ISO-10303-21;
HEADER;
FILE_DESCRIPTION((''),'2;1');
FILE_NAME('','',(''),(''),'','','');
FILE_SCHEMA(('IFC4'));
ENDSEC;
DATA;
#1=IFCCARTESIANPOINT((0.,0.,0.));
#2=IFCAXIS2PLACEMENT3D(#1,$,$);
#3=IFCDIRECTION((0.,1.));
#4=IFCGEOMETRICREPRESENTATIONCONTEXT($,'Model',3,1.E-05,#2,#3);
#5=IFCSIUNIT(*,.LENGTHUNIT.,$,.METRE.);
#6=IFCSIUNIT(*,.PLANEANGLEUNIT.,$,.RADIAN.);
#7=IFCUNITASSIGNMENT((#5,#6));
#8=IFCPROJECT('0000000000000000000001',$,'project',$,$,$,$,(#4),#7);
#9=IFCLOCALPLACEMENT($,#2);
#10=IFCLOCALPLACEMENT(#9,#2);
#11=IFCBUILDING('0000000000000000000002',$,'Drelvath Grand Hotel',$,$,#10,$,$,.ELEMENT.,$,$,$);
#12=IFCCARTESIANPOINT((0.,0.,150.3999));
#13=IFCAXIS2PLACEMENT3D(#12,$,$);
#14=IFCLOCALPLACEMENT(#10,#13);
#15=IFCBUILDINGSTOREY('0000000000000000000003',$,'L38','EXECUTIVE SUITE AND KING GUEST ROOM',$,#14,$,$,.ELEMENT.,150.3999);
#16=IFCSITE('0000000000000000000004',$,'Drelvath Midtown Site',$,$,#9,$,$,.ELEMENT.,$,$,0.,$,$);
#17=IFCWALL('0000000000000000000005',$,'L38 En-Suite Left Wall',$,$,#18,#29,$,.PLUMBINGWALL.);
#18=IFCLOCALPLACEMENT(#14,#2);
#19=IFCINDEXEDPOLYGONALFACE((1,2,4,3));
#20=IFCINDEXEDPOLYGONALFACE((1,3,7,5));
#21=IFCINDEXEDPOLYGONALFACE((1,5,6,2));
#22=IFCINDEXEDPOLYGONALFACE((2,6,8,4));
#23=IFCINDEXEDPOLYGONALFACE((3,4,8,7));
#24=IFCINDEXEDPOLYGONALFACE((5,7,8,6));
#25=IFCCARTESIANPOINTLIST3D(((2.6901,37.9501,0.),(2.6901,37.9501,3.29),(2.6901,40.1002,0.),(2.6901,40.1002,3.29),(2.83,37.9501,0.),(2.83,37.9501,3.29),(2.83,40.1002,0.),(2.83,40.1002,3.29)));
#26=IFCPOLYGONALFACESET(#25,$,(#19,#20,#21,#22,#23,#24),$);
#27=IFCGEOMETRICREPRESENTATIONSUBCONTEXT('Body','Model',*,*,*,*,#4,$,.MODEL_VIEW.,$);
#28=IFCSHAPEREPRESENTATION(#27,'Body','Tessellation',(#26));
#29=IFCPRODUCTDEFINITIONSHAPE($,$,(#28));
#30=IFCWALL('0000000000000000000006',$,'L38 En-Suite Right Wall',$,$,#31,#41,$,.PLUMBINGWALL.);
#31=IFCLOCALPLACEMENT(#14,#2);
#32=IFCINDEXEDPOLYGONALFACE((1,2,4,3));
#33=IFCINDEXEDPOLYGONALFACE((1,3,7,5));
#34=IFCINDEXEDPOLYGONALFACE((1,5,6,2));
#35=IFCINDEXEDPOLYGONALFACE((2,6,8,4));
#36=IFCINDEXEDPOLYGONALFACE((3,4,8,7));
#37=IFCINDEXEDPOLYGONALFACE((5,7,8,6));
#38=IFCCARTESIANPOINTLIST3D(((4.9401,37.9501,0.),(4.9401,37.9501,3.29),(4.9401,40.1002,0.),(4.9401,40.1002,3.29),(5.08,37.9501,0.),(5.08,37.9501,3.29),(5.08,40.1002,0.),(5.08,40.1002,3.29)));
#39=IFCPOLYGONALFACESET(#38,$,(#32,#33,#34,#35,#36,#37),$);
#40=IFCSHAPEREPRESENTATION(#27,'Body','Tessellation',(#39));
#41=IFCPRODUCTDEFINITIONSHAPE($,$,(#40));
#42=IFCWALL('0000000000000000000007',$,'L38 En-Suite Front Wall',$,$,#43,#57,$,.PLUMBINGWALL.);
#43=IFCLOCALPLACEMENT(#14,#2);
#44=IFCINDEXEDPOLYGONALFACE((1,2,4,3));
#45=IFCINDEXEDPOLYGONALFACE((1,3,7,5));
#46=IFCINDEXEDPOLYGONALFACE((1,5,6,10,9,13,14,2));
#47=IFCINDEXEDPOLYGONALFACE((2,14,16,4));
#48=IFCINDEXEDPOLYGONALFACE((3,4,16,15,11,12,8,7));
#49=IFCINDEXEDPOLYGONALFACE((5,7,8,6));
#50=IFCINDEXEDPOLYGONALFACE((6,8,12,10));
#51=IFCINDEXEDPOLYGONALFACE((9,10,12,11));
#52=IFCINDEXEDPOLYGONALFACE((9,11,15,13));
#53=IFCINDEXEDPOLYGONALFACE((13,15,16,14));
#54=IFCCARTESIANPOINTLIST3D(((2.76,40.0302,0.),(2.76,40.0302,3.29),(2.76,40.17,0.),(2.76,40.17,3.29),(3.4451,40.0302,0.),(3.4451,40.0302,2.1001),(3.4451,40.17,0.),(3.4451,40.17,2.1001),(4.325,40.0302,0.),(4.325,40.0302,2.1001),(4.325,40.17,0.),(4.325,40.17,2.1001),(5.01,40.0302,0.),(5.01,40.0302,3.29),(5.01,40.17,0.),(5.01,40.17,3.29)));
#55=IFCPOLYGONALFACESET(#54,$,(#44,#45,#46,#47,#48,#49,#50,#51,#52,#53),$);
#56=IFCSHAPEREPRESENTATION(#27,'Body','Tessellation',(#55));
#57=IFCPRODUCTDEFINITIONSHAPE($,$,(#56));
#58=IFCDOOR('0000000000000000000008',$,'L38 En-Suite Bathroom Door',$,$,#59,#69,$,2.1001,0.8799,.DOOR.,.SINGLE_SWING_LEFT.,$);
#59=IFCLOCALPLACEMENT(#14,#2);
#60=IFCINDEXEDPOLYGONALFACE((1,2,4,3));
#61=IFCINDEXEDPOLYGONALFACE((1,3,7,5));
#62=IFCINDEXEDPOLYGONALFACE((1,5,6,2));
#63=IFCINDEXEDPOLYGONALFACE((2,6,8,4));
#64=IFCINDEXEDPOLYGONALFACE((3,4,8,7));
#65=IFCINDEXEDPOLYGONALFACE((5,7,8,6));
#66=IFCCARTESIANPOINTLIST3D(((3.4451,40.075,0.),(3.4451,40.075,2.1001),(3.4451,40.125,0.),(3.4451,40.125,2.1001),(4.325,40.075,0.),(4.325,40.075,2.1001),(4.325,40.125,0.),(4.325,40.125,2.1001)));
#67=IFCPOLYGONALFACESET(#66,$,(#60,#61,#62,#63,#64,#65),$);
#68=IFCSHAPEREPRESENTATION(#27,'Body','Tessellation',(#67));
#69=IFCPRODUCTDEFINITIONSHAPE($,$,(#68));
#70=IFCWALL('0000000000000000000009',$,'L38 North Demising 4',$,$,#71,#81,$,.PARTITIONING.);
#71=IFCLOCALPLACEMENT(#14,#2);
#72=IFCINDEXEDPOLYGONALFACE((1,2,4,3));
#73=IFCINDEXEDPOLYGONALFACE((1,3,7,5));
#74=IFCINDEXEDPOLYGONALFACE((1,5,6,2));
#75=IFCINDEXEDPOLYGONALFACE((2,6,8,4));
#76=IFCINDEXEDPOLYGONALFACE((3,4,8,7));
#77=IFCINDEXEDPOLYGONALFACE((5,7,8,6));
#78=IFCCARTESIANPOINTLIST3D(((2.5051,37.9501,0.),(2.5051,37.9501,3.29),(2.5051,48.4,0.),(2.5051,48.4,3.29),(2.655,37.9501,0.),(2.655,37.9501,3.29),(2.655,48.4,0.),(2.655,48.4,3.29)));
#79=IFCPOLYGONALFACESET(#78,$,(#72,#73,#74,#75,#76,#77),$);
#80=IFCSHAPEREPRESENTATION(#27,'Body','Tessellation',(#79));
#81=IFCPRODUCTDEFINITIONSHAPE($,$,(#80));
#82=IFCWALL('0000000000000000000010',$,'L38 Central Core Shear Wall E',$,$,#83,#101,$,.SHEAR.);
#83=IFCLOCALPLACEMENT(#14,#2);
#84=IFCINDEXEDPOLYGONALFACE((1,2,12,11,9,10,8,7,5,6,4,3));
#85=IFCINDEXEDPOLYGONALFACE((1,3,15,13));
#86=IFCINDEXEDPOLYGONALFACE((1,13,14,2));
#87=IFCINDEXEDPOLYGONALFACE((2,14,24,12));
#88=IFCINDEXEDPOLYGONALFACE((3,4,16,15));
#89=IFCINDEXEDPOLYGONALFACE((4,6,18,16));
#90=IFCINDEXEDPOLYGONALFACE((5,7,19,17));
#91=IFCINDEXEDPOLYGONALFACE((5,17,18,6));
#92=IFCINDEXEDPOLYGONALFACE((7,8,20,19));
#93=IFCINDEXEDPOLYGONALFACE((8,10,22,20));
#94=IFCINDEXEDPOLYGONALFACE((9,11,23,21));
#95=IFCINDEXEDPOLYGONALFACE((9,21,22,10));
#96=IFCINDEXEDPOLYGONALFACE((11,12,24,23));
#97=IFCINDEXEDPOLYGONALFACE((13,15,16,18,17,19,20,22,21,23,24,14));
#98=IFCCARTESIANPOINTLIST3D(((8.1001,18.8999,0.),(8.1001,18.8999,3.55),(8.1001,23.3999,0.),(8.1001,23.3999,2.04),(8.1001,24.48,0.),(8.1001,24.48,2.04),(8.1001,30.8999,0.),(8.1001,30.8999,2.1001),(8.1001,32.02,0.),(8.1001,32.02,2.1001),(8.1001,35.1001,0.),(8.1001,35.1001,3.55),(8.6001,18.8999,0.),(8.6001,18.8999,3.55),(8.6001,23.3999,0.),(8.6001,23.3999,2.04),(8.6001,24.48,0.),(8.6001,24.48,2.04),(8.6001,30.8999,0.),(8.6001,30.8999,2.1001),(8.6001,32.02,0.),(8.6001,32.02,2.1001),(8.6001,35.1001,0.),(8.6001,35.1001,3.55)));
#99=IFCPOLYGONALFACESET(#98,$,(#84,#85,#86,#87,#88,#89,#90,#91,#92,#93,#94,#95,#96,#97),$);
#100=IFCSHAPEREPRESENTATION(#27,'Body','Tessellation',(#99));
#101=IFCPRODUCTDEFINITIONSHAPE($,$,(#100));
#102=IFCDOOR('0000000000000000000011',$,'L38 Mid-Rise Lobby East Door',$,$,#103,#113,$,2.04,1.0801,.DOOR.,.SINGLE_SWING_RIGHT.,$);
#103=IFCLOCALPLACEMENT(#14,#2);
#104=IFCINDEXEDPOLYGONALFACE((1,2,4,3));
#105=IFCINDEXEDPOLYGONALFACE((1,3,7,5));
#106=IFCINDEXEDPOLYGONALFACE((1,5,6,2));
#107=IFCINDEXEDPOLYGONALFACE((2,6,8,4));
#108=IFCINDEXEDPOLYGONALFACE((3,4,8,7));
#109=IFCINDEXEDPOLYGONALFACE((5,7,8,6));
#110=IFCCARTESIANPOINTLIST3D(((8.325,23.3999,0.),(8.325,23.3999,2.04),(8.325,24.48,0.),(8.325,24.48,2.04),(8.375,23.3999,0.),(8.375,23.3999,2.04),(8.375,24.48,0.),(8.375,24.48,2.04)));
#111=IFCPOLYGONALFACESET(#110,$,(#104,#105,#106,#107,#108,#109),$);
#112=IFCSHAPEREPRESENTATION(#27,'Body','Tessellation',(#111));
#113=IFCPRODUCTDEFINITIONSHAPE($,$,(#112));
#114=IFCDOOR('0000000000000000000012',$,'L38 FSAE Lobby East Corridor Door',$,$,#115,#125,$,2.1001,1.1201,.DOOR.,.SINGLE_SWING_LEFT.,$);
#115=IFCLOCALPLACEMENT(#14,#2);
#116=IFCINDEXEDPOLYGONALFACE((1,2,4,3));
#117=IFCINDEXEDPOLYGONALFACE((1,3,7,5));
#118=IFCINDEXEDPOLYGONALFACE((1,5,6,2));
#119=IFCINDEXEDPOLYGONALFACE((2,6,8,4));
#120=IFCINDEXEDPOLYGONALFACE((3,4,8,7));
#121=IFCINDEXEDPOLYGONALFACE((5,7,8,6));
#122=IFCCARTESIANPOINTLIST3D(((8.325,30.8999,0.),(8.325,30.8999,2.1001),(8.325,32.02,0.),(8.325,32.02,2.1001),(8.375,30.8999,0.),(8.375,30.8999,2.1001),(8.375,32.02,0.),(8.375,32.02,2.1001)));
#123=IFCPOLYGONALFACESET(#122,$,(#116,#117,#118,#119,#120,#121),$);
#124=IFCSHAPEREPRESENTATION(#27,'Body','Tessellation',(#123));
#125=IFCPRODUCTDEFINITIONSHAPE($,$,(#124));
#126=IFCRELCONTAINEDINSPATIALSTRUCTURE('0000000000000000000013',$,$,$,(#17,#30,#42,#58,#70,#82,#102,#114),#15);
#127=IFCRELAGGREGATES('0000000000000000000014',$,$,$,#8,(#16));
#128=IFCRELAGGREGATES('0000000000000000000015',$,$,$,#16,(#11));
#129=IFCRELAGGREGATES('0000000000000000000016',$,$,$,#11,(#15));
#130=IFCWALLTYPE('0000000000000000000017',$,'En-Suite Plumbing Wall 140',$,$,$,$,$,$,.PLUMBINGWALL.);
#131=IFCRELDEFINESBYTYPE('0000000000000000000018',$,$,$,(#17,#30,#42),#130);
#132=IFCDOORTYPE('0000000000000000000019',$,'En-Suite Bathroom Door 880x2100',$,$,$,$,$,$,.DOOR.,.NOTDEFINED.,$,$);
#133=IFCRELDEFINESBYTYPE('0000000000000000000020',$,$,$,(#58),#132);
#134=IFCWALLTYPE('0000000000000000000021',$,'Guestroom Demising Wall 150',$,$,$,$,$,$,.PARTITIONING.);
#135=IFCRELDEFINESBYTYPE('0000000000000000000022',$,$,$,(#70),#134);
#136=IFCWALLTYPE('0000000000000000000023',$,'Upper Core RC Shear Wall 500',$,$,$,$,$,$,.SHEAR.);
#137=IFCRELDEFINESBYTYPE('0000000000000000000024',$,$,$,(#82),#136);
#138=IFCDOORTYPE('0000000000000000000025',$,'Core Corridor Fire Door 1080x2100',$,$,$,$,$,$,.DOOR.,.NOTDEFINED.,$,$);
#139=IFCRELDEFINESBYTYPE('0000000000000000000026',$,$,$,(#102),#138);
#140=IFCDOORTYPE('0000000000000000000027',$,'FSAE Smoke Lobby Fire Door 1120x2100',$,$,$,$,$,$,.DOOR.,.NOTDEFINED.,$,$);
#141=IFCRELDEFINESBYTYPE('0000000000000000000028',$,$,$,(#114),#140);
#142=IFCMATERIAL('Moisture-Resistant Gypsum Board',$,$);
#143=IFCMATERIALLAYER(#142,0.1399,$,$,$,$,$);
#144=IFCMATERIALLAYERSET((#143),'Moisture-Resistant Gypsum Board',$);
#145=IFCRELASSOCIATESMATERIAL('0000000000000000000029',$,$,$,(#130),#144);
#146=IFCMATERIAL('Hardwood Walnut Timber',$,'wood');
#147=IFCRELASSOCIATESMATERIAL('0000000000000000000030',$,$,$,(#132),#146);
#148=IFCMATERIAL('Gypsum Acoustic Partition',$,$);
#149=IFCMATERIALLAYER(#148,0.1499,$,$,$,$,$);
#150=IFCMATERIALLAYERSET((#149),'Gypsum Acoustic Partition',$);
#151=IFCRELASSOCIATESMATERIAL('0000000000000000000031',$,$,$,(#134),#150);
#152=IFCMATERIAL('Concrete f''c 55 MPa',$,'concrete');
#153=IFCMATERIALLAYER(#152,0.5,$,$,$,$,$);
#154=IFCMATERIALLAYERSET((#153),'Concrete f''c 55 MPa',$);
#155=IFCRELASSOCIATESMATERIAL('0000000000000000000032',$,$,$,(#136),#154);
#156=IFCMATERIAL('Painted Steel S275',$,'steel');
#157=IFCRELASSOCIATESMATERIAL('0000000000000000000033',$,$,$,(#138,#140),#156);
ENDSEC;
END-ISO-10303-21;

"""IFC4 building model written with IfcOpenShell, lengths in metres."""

from ifc_helpers import new_model, si_unit, direction, frame, frame_2d, origin, place, context, subcontext, project, spatial, rectangle, extrude, material, layer, layer_set, type_object, element, fill, save


model = new_model("IFC4")

# Units and contexts
model_context = context("Model", 3, precision=1e-05, world=origin(), true_north=direction((0.0, 1.0)))
body_context = subcontext(model_context, "Body", "Model", "MODEL_VIEW")
ifc_project = project(units=[si_unit("LENGTHUNIT", "METRE"), si_unit("PLANEANGLEUNIT", "RADIAN")], contexts=[model_context])

# Site, building, storey
site_placement = place(None, origin())
site = spatial("IfcSite", under=ifc_project, at=site_placement, Name="Drelvath Midtown Site", CompositionType="ELEMENT", RefElevation=0.0)
building_placement = place(site_placement, origin())
building = spatial("IfcBuilding", under=site, at=building_placement, Name="Drelvath Grand Hotel", CompositionType="ELEMENT")
storey_placement = place(building_placement, frame((0.0, 0.0, 150.3999)))
storey = spatial("IfcBuildingStorey", under=building, at=storey_placement, Name="L38", Description="EXECUTIVE SUITE AND KING GUEST ROOM", CompositionType="ELEMENT", Elevation=150.3999)

# Walls
ifc_material_1 = material(Name="Moisture-Resistant Gypsum Board")
ifc_layer_1 = layer(ifc_material_1, 0.1399)
ifc_layer_set_1 = layer_set([ifc_layer_1], Name="Moisture-Resistant Gypsum Board")
wall_type_1 = type_object("IfcWallType", Name="En-Suite Plumbing Wall 140", PredefinedType="PLUMBINGWALL", material=ifc_layer_set_1)
for number, where, z_axis, x_axis, name in (
    (1, (2.76, 37.95, 0.0), (0.0, 0.0, 1.0), (0.0, 1.0, 0.0), "L38 En-Suite Left Wall"),
    (2, (5.01, 37.95, 0.0), (0.0, 0.0, 1.0), (0.0, 1.0, 0.0), "L38 En-Suite Right Wall"),
):
    element("IfcWall", number, at=place(storey_placement, frame(where, z_axis=z_axis, x_axis=x_axis)), inside=storey, type_object=wall_type_1, Name=name, PredefinedType="PLUMBINGWALL", context=body_context, shape_type="SweptSolid", body=[
        extrude(rectangle(XDim=2.1501, YDim=0.1399, at=frame_2d((1.0752, 0.0))), origin(), (0.0, 0.0, 1.0), 3.29),
    ])

# Wall, opening, door
wall_1_placement = place(storey_placement, frame((2.76, 40.1001, 0.0), z_axis=(0.0, 0.0, 1.0), x_axis=(1.0, 0.0, 0.0)))
wall_1 = element("IfcWall", 3, at=wall_1_placement, inside=storey, type_object=wall_type_1, Name="L38 En-Suite Front Wall", PredefinedType="PLUMBINGWALL", context=body_context, shape_type="SweptSolid", body=[
    extrude(rectangle(XDim=2.25, YDim=0.1399, at=frame_2d((1.125, 0.0))), origin(), (0.0, 0.0, 1.0), 3.29),
])
opening_1_placement = place(wall_1_placement, frame((0.6851, 0.0, 0.0)))
opening_1 = element("IfcOpeningElement", 4, at=opening_1_placement, cuts=wall_1, PredefinedType="OPENING", context=body_context, shape_type="SweptSolid", body=[
    extrude(rectangle(XDim=0.8799, YDim=2.1001, at=frame_2d((0.4399, 1.05))), frame((0.0, 0.0798, 0.0), z_axis=(0.0, -1.0, 0.0), x_axis=(1.0, 0.0, 0.0)), (0.0, 0.0, 1.0), 0.1599),
])
ifc_material_2 = material(Name="Hardwood Walnut Timber", Category="wood")
door_type_1 = type_object("IfcDoorType", Name="En-Suite Bathroom Door 880x2100", OperationType="NOTDEFINED", PredefinedType="DOOR", material=ifc_material_2)
door_1_placement = place(opening_1_placement, origin())
door_1 = element("IfcDoor", 5, at=door_1_placement, inside=storey, type_object=door_type_1, Name="L38 En-Suite Bathroom Door", OperationType="SINGLE_SWING_LEFT", OverallHeight=2.1001, OverallWidth=0.8799, PredefinedType="DOOR", context=body_context, shape_type="SweptSolid", body=[
    extrude(rectangle(XDim=0.8799, YDim=2.1001, at=frame_2d((0.4399, 1.05))), frame((0.0, 0.0249, 0.0), z_axis=(0.0, -1.0, 0.0), x_axis=(1.0, 0.0, 0.0)), (0.0, 0.0, 1.0), 0.05),
])
fill(opening_1, door_1)

# Wall
ifc_material_3 = material(Name="Gypsum Acoustic Partition")
ifc_layer_2 = layer(ifc_material_3, 0.1499)
ifc_layer_set_2 = layer_set([ifc_layer_2], Name="Gypsum Acoustic Partition")
wall_type_2 = type_object("IfcWallType", Name="Guestroom Demising Wall 150", PredefinedType="PARTITIONING", material=ifc_layer_set_2)
wall_2_placement = place(storey_placement, frame((2.5801, 37.95, 0.0), z_axis=(0.0, 0.0, 1.0), x_axis=(0.0, 1.0, 0.0)))
element("IfcWall", 6, at=wall_2_placement, inside=storey, type_object=wall_type_2, Name="L38 North Demising 4", PredefinedType="PARTITIONING", context=body_context, shape_type="SweptSolid", body=[
    extrude(rectangle(XDim=10.45, YDim=0.1499, at=frame_2d((5.2251, 0.0))), origin(), (0.0, 0.0, 1.0), 3.29),
])

# Wall, openings, doors
ifc_material_4 = material(Name="Concrete f'c 55 MPa", Category="concrete")
ifc_layer_3 = layer(ifc_material_4, 0.5)
ifc_layer_set_3 = layer_set([ifc_layer_3], Name="Concrete f'c 55 MPa")
wall_type_3 = type_object("IfcWallType", Name="Upper Core RC Shear Wall 500", PredefinedType="SHEAR", material=ifc_layer_set_3)
wall_3_placement = place(storey_placement, frame((8.3501, 35.1001, 0.0), z_axis=(0.0, 0.0, 1.0), x_axis=(0.0, -1.0, 0.0)))
wall_3 = element("IfcWall", 7, at=wall_3_placement, inside=storey, type_object=wall_type_3, Name="L38 Central Core Shear Wall E", PredefinedType="SHEAR", context=body_context, shape_type="SweptSolid", body=[
    extrude(rectangle(XDim=16.2002, YDim=0.5, at=frame_2d((8.1001, 0.0))), origin(), (0.0, 0.0, 1.0), 3.55),
])
opening_2_placement = place(wall_3_placement, frame((3.0801, 0.0, 0.0)))
opening_2 = element("IfcOpeningElement", 8, at=opening_2_placement, cuts=wall_3, PredefinedType="OPENING", context=body_context, shape_type="SweptSolid", body=[
    extrude(rectangle(XDim=1.1201, YDim=2.1001, at=frame_2d((0.5601, 1.05))), frame((0.0, 0.26, 0.0), z_axis=(0.0, -1.0, 0.0), x_axis=(1.0, 0.0, 0.0)), (0.0, 0.0, 1.0), 0.52),
])
opening_3_placement = place(wall_3_placement, frame((10.6201, 0.0, 0.0)))
opening_3 = element("IfcOpeningElement", 9, at=opening_3_placement, cuts=wall_3, PredefinedType="OPENING", context=body_context, shape_type="SweptSolid", body=[
    extrude(rectangle(XDim=1.0801, YDim=2.04, at=frame_2d((0.54, 1.02))), frame((0.0, 0.26, 0.0), z_axis=(0.0, -1.0, 0.0), x_axis=(1.0, 0.0, 0.0)), (0.0, 0.0, 1.0), 0.52),
])
ifc_material_5 = material(Name="Painted Steel S275", Category="steel")
door_type_2 = type_object("IfcDoorType", Name="Core Corridor Fire Door 1080x2100", OperationType="NOTDEFINED", PredefinedType="DOOR", material=ifc_material_5)
door_2_placement = place(opening_3_placement, origin())
door_2 = element("IfcDoor", 10, at=door_2_placement, inside=storey, type_object=door_type_2, Name="L38 Mid-Rise Lobby East Door", OperationType="SINGLE_SWING_RIGHT", OverallHeight=2.04, OverallWidth=1.0801, PredefinedType="DOOR", context=body_context, shape_type="SweptSolid", body=[
    extrude(rectangle(XDim=1.0801, YDim=2.04, at=frame_2d((0.54, 1.02))), frame((0.0, 0.0249, 0.0), z_axis=(0.0, -1.0, 0.0), x_axis=(1.0, 0.0, 0.0)), (0.0, 0.0, 1.0), 0.05),
])
fill(opening_3, door_2)
door_type_3 = type_object("IfcDoorType", Name="FSAE Smoke Lobby Fire Door 1120x2100", OperationType="NOTDEFINED", PredefinedType="DOOR", material=ifc_material_5)
door_3_placement = place(opening_2_placement, origin())
door_3 = element("IfcDoor", 11, at=door_3_placement, inside=storey, type_object=door_type_3, Name="L38 FSAE Lobby East Corridor Door", OperationType="SINGLE_SWING_LEFT", OverallHeight=2.1001, OverallWidth=1.1201, PredefinedType="DOOR", context=body_context, shape_type="SweptSolid", body=[
    extrude(rectangle(XDim=1.1201, YDim=2.1001, at=frame_2d((0.5601, 1.05))), frame((0.0, 0.0249, 0.0), z_axis=(0.0, -1.0, 0.0), x_axis=(1.0, 0.0, 0.0)), (0.0, 0.0, 1.0), 0.05),
])
fill(opening_2, door_3)

save(model, "model.ifc")
